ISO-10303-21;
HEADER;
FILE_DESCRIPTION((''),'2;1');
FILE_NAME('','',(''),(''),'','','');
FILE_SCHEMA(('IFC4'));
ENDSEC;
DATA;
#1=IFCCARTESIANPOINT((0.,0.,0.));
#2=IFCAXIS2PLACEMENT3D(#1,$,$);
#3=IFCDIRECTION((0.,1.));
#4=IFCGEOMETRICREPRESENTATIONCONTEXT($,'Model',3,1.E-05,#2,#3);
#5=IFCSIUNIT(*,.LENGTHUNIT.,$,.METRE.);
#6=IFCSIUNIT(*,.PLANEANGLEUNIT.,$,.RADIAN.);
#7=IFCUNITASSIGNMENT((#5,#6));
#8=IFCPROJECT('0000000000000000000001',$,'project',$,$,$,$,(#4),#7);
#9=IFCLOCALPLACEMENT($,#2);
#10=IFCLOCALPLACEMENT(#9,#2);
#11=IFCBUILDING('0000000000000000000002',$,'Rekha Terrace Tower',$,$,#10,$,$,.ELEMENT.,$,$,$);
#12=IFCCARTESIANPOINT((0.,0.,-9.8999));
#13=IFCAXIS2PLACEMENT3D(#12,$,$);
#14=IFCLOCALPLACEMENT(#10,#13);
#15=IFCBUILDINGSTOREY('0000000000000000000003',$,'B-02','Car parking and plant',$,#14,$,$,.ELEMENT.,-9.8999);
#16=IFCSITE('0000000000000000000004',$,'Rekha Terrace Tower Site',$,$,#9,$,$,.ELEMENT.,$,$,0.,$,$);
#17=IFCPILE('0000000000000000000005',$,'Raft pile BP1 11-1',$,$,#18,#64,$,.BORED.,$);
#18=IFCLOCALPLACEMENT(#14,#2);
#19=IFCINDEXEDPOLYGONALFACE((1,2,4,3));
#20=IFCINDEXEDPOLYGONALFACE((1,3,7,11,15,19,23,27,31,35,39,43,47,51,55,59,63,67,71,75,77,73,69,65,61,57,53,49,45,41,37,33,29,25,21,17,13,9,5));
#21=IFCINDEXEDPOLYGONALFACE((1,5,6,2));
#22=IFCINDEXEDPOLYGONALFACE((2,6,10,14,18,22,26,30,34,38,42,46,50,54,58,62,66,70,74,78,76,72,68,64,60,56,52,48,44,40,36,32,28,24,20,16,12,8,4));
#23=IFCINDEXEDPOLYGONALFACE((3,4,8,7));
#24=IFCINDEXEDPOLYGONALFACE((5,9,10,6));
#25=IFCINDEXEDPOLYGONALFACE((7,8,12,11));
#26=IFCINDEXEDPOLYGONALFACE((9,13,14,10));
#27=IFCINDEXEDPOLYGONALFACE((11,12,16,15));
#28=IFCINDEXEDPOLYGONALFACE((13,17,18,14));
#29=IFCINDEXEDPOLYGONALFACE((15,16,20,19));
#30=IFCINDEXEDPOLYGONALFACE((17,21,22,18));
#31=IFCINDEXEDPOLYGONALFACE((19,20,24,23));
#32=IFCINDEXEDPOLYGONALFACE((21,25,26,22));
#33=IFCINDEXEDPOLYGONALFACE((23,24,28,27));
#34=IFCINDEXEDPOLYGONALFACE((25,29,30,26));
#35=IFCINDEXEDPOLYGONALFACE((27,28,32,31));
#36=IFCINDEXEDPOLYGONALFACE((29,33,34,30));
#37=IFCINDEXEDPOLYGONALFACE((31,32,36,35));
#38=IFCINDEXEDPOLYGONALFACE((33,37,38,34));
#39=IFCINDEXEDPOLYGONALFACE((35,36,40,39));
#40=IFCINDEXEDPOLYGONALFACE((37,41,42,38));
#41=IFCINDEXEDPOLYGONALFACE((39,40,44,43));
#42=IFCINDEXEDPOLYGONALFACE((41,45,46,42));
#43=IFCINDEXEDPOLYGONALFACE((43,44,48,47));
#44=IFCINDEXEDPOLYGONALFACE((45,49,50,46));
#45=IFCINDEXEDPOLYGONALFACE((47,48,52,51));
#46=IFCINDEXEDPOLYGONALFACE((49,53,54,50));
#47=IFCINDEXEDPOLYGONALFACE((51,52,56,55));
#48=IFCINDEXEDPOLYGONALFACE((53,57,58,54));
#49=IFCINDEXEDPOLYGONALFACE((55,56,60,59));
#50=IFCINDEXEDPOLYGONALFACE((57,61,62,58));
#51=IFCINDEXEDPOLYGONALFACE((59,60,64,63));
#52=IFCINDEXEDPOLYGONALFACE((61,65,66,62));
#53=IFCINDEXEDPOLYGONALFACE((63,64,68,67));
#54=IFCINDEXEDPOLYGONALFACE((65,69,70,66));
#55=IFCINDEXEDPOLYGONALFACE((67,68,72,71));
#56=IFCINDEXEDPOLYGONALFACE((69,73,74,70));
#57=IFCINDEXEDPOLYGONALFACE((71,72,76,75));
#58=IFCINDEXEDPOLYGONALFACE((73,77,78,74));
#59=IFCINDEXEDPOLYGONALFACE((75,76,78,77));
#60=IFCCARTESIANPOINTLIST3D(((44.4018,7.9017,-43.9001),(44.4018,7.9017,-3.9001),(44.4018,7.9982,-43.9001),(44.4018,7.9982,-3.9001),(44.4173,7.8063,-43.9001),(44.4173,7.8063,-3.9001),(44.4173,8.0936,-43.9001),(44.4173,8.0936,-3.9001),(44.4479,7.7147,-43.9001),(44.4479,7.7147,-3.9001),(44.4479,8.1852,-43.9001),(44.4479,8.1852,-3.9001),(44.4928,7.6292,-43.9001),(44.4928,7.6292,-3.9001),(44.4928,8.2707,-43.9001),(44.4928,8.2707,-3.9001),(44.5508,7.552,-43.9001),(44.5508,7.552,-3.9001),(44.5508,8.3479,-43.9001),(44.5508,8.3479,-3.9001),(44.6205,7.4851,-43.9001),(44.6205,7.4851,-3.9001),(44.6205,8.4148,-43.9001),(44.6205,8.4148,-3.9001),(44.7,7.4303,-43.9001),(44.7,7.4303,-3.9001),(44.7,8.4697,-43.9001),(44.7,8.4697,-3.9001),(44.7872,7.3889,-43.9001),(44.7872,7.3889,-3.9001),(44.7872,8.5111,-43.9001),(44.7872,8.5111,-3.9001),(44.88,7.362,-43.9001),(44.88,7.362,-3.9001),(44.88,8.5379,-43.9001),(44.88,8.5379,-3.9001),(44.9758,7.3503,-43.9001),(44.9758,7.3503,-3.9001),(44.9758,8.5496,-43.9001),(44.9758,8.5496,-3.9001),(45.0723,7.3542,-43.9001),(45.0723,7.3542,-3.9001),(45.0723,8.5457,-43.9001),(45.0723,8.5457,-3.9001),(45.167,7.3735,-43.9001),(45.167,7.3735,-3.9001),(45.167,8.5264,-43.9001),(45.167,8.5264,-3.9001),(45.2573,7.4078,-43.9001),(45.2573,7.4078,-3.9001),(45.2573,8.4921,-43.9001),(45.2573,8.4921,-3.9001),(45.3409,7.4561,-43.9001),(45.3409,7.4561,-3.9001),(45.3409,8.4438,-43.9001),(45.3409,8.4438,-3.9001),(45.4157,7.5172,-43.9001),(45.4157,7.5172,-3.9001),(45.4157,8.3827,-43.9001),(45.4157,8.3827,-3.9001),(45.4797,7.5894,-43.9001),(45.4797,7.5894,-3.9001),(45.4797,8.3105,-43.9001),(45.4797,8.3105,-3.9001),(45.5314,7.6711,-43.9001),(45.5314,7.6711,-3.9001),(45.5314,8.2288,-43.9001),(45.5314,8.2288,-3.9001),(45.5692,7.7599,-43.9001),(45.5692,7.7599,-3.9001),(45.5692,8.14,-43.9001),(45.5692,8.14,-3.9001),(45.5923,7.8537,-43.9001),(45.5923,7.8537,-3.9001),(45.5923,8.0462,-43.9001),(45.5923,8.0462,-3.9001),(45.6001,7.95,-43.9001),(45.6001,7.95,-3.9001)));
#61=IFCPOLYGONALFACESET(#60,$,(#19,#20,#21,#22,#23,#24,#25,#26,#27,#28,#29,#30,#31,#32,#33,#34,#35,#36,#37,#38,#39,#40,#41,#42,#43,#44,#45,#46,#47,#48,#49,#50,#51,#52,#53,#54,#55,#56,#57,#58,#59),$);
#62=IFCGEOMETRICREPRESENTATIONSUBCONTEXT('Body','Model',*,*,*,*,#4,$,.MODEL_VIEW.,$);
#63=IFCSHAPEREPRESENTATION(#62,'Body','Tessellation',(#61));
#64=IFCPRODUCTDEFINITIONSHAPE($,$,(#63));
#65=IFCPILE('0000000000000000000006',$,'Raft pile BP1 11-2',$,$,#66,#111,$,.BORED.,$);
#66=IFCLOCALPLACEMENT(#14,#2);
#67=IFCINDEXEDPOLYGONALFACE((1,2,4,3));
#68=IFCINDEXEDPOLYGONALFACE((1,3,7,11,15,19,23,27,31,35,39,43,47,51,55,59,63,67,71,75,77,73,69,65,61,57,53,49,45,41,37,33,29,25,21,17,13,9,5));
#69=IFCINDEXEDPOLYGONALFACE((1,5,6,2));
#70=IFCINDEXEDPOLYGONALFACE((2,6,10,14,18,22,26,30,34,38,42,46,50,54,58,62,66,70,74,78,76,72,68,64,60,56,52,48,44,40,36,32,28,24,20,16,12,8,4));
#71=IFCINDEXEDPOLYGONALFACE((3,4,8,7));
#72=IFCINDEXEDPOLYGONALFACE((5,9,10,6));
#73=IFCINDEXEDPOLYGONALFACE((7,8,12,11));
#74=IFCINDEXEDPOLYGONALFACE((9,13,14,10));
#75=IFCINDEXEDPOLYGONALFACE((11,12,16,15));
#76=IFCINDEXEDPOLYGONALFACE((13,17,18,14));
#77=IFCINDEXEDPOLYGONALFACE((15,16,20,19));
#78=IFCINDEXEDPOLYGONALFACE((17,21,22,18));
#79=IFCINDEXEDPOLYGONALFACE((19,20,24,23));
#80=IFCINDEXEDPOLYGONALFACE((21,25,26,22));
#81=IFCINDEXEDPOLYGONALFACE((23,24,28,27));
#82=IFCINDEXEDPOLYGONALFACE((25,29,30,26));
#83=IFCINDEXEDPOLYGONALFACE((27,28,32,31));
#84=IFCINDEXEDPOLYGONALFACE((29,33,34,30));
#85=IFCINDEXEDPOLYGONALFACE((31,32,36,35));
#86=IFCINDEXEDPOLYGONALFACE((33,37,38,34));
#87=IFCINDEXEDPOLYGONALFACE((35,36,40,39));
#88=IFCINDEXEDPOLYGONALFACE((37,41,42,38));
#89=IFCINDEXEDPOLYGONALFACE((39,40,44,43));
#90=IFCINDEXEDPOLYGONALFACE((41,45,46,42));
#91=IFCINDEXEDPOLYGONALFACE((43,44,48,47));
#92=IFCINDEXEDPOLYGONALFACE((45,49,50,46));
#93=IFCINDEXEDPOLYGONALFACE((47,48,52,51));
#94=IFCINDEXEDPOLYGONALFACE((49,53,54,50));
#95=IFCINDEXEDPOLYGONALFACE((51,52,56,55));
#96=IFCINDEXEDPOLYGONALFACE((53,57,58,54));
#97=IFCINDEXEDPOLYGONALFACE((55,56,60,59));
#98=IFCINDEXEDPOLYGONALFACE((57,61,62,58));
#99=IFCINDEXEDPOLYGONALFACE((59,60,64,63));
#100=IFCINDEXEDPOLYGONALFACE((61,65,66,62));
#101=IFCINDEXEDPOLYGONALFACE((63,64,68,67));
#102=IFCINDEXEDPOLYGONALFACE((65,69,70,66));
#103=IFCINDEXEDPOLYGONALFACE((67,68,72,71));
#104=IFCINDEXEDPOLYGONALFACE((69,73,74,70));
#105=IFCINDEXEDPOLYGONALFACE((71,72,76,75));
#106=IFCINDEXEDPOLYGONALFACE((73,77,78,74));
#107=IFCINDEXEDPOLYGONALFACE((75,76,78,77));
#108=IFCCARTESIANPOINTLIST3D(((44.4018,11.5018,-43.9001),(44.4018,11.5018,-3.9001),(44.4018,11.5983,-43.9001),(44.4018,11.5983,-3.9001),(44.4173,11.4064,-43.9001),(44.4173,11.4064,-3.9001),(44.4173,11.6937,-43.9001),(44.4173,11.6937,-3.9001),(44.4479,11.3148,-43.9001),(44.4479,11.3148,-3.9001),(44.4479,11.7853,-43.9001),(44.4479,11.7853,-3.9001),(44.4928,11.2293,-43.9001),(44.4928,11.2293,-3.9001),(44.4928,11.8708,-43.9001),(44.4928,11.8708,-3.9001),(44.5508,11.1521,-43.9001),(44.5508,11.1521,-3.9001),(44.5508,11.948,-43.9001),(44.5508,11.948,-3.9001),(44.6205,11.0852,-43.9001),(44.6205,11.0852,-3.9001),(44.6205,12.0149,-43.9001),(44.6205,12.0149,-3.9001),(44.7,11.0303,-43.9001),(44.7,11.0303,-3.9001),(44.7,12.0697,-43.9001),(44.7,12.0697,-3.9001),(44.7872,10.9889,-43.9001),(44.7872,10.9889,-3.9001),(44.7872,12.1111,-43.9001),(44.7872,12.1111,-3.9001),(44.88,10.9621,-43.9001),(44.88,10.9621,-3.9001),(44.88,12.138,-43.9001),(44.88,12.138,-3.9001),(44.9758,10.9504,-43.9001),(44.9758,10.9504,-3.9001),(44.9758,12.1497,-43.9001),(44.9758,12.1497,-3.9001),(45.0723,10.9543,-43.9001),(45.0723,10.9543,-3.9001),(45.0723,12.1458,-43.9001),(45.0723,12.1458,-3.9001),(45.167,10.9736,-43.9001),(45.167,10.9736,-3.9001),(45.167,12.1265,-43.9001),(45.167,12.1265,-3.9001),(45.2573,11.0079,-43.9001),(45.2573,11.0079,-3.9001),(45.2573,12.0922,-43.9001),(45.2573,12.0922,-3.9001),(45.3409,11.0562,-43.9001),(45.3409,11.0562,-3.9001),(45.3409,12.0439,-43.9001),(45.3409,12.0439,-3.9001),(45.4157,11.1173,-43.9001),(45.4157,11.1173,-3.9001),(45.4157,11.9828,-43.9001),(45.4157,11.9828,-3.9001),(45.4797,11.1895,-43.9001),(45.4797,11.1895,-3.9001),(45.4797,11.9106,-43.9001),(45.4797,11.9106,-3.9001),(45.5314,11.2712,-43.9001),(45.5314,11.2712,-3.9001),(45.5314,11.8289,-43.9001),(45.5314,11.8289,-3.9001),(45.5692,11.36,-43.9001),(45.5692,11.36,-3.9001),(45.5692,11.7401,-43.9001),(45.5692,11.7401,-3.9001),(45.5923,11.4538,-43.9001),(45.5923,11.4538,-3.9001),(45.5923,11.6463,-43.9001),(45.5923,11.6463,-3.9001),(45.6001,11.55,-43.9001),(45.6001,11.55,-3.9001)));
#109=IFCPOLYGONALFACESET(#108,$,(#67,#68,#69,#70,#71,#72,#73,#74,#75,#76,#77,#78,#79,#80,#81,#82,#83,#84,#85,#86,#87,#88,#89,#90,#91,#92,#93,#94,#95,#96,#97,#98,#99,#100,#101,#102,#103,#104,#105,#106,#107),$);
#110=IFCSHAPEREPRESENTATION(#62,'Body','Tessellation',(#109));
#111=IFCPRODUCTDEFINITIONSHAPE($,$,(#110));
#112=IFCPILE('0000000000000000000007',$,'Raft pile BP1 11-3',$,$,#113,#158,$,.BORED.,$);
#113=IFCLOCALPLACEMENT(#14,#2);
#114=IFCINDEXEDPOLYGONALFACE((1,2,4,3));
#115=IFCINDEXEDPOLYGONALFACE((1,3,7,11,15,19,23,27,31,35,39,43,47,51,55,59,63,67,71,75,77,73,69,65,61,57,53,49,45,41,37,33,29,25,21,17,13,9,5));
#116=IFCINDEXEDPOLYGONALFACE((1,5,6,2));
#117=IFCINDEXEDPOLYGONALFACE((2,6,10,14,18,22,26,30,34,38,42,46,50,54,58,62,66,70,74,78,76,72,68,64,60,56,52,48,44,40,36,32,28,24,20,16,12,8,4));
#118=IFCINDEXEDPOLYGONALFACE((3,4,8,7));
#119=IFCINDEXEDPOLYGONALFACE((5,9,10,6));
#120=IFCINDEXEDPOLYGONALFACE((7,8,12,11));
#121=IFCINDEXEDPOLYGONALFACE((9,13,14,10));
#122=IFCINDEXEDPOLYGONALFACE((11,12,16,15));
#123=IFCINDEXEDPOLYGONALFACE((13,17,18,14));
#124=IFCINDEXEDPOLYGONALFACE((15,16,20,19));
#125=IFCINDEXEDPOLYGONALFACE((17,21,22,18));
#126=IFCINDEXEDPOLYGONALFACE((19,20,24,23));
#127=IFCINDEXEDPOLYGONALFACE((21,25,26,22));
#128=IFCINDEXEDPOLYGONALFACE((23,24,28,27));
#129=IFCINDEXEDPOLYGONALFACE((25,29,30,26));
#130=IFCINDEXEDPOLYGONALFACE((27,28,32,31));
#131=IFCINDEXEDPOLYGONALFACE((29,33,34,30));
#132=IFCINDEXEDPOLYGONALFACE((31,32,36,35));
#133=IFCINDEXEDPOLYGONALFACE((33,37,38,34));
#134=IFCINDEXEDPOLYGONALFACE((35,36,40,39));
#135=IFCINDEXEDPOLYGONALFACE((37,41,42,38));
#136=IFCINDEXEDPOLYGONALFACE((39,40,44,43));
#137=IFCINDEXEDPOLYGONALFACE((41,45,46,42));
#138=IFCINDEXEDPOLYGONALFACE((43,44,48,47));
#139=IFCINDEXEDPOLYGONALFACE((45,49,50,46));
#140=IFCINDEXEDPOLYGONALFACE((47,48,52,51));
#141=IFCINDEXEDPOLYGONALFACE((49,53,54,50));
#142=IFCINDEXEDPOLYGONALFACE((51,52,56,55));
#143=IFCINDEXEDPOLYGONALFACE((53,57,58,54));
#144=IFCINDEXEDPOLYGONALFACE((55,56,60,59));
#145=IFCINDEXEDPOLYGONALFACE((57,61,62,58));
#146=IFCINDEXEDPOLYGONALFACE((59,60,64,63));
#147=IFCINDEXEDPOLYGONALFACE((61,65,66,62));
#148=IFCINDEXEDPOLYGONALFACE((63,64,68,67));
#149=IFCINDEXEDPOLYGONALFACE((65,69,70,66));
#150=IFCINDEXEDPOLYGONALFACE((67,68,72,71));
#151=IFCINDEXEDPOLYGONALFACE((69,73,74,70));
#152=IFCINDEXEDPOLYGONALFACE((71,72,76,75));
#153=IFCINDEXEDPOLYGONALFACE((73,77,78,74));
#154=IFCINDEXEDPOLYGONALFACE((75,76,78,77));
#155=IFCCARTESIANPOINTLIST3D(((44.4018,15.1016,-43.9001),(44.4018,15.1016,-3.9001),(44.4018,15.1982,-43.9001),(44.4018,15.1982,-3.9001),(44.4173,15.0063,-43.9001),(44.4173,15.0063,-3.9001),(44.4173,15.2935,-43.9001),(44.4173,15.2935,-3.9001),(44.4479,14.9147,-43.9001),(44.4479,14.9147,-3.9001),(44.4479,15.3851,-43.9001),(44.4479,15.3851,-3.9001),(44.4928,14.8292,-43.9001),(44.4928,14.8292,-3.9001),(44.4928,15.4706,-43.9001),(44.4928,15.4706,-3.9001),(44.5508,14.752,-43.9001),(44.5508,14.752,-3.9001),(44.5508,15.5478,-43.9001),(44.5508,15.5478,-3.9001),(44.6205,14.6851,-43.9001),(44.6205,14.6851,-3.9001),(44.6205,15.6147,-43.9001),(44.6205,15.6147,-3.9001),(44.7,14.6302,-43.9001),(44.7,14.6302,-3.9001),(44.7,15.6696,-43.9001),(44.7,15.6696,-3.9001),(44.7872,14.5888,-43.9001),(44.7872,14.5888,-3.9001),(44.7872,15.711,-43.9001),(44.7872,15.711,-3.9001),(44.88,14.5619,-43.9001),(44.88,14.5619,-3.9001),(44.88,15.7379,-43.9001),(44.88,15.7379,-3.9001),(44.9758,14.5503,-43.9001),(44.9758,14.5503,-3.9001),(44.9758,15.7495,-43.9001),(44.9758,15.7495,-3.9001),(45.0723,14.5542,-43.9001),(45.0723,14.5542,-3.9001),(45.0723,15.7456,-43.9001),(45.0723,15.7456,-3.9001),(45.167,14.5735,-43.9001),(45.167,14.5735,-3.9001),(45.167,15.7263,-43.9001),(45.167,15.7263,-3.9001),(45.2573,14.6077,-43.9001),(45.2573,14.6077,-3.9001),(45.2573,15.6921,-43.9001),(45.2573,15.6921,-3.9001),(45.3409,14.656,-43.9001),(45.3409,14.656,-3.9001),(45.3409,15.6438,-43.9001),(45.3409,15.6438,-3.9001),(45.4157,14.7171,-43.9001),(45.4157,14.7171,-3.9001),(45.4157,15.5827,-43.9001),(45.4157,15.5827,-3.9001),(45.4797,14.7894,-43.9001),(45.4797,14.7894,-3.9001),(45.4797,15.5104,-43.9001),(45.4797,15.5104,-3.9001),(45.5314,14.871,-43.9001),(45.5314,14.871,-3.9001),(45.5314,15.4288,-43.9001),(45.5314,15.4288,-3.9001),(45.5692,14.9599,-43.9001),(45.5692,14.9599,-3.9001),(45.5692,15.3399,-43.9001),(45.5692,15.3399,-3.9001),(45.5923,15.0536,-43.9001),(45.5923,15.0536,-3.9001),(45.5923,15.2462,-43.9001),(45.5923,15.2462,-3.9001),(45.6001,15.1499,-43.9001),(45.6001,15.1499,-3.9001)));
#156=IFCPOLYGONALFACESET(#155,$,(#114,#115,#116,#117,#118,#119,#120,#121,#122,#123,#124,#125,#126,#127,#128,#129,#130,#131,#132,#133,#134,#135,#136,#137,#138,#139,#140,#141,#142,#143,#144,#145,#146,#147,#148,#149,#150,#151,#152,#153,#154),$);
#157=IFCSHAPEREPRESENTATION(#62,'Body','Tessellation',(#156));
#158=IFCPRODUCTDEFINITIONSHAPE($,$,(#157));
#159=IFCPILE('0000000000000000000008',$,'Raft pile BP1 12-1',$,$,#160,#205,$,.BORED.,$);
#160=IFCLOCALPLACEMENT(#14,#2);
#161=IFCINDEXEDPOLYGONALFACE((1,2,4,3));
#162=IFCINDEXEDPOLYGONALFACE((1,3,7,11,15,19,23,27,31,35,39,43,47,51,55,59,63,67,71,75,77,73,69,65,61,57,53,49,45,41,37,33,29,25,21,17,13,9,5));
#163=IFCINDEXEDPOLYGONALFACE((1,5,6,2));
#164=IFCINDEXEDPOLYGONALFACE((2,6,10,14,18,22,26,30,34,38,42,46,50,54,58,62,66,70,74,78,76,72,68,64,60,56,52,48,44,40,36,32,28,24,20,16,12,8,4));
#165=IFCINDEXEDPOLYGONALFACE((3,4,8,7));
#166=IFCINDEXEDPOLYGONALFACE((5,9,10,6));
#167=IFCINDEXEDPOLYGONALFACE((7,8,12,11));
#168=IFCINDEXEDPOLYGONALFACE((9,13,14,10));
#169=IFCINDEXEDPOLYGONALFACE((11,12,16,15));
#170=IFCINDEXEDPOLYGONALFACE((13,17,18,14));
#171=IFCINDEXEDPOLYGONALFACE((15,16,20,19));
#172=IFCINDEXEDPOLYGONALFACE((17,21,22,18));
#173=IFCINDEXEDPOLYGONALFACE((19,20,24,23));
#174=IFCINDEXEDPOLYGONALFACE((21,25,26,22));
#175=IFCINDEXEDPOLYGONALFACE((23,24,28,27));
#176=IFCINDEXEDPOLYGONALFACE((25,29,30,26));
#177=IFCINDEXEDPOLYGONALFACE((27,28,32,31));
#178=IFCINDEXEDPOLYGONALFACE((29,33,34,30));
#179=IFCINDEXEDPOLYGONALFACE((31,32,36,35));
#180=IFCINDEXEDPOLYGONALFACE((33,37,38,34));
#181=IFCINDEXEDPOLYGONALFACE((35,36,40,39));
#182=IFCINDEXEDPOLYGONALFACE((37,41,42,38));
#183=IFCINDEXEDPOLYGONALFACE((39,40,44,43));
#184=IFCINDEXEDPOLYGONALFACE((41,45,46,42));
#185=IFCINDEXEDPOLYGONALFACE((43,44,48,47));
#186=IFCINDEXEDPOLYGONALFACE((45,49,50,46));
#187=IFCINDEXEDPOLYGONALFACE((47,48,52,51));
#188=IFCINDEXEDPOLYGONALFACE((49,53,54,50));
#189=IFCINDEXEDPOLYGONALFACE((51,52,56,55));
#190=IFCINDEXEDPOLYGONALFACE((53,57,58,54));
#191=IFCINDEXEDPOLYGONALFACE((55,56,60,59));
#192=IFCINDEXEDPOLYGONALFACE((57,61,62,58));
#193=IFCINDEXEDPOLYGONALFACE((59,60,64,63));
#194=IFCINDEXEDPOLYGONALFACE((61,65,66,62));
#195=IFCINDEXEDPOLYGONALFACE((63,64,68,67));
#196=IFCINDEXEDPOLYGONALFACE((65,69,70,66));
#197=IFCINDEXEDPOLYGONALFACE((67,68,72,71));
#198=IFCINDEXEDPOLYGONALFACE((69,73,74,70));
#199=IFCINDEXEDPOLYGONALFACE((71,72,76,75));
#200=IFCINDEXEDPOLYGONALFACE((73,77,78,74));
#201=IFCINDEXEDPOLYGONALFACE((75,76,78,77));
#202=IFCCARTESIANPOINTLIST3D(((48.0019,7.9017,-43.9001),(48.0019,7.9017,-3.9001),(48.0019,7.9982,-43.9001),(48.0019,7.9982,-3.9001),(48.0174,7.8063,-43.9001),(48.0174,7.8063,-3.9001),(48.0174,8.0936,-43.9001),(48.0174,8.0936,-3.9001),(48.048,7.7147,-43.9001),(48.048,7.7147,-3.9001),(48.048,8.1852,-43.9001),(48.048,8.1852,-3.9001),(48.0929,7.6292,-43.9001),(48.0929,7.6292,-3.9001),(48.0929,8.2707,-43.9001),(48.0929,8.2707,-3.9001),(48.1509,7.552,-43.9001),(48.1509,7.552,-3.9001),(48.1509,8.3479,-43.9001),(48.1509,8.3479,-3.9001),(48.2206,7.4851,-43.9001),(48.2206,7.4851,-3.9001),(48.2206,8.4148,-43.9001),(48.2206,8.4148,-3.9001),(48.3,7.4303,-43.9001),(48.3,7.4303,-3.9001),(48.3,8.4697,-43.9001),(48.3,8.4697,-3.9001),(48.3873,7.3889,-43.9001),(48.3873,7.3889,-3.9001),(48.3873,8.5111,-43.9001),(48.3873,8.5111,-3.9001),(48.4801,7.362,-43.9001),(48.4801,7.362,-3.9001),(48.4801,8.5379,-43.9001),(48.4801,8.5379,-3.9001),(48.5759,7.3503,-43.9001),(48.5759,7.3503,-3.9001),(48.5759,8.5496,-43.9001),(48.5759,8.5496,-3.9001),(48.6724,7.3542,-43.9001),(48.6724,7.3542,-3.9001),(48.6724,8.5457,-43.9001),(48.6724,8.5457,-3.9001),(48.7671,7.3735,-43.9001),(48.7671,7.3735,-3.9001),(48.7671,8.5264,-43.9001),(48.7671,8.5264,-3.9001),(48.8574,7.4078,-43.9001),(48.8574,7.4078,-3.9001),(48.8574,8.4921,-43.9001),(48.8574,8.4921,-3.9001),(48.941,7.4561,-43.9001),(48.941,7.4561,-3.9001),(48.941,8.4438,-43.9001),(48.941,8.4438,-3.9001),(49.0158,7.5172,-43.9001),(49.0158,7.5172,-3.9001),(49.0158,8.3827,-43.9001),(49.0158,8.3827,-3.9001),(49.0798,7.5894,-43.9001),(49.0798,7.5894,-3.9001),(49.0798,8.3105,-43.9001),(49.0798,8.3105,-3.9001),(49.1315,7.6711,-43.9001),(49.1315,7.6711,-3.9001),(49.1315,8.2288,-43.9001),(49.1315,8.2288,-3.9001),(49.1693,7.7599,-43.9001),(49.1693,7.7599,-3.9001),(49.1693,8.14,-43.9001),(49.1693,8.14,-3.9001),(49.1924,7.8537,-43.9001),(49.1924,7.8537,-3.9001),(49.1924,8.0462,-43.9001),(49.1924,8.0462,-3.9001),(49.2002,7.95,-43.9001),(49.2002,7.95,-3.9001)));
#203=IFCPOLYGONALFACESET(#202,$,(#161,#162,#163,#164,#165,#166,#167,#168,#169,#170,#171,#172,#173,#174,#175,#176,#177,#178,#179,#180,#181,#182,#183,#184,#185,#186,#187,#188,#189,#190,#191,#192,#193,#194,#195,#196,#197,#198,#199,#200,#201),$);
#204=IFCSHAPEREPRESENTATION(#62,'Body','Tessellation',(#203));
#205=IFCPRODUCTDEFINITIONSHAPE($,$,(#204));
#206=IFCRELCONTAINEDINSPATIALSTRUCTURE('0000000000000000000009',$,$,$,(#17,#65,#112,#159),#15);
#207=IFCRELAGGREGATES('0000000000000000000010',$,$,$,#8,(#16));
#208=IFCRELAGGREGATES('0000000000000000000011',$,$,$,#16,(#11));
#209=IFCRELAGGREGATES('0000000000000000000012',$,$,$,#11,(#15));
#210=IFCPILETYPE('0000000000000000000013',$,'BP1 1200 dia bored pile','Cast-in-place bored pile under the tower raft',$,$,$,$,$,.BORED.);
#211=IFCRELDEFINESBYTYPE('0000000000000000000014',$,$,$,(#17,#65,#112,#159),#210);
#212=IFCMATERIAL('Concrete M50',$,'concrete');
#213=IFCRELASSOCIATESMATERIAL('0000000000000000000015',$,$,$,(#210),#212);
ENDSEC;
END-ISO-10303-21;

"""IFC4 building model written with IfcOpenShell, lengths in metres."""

from ifc_helpers import new_model, si_unit, direction, frame, origin, origin_2d, place, context, subcontext, project, spatial, circle, extrude, material, type_object, element, save


model = new_model("IFC4")

# Units and contexts
model_context = context("Model", 3, precision=1e-05, world=origin(), true_north=direction((0.0, 1.0)))
body_context = subcontext(model_context, "Body", "Model", "MODEL_VIEW")
ifc_project = project(units=[si_unit("LENGTHUNIT", "METRE"), si_unit("PLANEANGLEUNIT", "RADIAN")], contexts=[model_context])

# Site, building, storey
site_placement = place(None, origin())
site = spatial("IfcSite", under=ifc_project, at=site_placement, Name="Rekha Terrace Tower Site", CompositionType="ELEMENT", RefElevation=0.0)
building_placement = place(site_placement, origin())
building = spatial("IfcBuilding", under=site, at=building_placement, Name="Rekha Terrace Tower", CompositionType="ELEMENT")
storey_placement = place(building_placement, frame((0.0, 0.0, -9.8999)))
storey = spatial("IfcBuildingStorey", under=building, at=storey_placement, Name="B-02", Description="Car parking and plant", CompositionType="ELEMENT", Elevation=-9.8999)

# Piles
ifc_material_1 = material(Name="Concrete M50", Category="concrete")
pile_type_1 = type_object("IfcPileType", Name="BP1 1200 dia bored pile", Description="Cast-in-place bored pile under the tower raft", PredefinedType="BORED", material=ifc_material_1)
for number, where, z_axis, x_axis, name in (
    (1, (45.0, 7.95, -3.9001), (0.0, 0.0, -1.0), (1.0, 0.0, 0.0), "Raft pile BP1 11-1"),
    (2, (45.0, 11.55, -3.9001), (0.0, 0.0, -1.0), (1.0, 0.0, 0.0), "Raft pile BP1 11-2"),
    (3, (45.0, 15.1499, -3.9001), (0.0, 0.0, -1.0), (1.0, 0.0, 0.0), "Raft pile BP1 11-3"),
    (4, (48.6001, 7.95, -3.9001), (0.0, 0.0, -1.0), (1.0, 0.0, 0.0), "Raft pile BP1 12-1"),
):
    element("IfcPile", number, at=place(storey_placement, frame(where, z_axis=z_axis, x_axis=x_axis)), inside=storey, type_object=pile_type_1, Name=name, PredefinedType="BORED", context=body_context, shape_type="SweptSolid", body=[
        extrude(circle(Radius=0.6001, at=origin_2d()), origin(), (0.0, 0.0, 1.0), 40.0),
    ])

save(model, "model.ifc")
